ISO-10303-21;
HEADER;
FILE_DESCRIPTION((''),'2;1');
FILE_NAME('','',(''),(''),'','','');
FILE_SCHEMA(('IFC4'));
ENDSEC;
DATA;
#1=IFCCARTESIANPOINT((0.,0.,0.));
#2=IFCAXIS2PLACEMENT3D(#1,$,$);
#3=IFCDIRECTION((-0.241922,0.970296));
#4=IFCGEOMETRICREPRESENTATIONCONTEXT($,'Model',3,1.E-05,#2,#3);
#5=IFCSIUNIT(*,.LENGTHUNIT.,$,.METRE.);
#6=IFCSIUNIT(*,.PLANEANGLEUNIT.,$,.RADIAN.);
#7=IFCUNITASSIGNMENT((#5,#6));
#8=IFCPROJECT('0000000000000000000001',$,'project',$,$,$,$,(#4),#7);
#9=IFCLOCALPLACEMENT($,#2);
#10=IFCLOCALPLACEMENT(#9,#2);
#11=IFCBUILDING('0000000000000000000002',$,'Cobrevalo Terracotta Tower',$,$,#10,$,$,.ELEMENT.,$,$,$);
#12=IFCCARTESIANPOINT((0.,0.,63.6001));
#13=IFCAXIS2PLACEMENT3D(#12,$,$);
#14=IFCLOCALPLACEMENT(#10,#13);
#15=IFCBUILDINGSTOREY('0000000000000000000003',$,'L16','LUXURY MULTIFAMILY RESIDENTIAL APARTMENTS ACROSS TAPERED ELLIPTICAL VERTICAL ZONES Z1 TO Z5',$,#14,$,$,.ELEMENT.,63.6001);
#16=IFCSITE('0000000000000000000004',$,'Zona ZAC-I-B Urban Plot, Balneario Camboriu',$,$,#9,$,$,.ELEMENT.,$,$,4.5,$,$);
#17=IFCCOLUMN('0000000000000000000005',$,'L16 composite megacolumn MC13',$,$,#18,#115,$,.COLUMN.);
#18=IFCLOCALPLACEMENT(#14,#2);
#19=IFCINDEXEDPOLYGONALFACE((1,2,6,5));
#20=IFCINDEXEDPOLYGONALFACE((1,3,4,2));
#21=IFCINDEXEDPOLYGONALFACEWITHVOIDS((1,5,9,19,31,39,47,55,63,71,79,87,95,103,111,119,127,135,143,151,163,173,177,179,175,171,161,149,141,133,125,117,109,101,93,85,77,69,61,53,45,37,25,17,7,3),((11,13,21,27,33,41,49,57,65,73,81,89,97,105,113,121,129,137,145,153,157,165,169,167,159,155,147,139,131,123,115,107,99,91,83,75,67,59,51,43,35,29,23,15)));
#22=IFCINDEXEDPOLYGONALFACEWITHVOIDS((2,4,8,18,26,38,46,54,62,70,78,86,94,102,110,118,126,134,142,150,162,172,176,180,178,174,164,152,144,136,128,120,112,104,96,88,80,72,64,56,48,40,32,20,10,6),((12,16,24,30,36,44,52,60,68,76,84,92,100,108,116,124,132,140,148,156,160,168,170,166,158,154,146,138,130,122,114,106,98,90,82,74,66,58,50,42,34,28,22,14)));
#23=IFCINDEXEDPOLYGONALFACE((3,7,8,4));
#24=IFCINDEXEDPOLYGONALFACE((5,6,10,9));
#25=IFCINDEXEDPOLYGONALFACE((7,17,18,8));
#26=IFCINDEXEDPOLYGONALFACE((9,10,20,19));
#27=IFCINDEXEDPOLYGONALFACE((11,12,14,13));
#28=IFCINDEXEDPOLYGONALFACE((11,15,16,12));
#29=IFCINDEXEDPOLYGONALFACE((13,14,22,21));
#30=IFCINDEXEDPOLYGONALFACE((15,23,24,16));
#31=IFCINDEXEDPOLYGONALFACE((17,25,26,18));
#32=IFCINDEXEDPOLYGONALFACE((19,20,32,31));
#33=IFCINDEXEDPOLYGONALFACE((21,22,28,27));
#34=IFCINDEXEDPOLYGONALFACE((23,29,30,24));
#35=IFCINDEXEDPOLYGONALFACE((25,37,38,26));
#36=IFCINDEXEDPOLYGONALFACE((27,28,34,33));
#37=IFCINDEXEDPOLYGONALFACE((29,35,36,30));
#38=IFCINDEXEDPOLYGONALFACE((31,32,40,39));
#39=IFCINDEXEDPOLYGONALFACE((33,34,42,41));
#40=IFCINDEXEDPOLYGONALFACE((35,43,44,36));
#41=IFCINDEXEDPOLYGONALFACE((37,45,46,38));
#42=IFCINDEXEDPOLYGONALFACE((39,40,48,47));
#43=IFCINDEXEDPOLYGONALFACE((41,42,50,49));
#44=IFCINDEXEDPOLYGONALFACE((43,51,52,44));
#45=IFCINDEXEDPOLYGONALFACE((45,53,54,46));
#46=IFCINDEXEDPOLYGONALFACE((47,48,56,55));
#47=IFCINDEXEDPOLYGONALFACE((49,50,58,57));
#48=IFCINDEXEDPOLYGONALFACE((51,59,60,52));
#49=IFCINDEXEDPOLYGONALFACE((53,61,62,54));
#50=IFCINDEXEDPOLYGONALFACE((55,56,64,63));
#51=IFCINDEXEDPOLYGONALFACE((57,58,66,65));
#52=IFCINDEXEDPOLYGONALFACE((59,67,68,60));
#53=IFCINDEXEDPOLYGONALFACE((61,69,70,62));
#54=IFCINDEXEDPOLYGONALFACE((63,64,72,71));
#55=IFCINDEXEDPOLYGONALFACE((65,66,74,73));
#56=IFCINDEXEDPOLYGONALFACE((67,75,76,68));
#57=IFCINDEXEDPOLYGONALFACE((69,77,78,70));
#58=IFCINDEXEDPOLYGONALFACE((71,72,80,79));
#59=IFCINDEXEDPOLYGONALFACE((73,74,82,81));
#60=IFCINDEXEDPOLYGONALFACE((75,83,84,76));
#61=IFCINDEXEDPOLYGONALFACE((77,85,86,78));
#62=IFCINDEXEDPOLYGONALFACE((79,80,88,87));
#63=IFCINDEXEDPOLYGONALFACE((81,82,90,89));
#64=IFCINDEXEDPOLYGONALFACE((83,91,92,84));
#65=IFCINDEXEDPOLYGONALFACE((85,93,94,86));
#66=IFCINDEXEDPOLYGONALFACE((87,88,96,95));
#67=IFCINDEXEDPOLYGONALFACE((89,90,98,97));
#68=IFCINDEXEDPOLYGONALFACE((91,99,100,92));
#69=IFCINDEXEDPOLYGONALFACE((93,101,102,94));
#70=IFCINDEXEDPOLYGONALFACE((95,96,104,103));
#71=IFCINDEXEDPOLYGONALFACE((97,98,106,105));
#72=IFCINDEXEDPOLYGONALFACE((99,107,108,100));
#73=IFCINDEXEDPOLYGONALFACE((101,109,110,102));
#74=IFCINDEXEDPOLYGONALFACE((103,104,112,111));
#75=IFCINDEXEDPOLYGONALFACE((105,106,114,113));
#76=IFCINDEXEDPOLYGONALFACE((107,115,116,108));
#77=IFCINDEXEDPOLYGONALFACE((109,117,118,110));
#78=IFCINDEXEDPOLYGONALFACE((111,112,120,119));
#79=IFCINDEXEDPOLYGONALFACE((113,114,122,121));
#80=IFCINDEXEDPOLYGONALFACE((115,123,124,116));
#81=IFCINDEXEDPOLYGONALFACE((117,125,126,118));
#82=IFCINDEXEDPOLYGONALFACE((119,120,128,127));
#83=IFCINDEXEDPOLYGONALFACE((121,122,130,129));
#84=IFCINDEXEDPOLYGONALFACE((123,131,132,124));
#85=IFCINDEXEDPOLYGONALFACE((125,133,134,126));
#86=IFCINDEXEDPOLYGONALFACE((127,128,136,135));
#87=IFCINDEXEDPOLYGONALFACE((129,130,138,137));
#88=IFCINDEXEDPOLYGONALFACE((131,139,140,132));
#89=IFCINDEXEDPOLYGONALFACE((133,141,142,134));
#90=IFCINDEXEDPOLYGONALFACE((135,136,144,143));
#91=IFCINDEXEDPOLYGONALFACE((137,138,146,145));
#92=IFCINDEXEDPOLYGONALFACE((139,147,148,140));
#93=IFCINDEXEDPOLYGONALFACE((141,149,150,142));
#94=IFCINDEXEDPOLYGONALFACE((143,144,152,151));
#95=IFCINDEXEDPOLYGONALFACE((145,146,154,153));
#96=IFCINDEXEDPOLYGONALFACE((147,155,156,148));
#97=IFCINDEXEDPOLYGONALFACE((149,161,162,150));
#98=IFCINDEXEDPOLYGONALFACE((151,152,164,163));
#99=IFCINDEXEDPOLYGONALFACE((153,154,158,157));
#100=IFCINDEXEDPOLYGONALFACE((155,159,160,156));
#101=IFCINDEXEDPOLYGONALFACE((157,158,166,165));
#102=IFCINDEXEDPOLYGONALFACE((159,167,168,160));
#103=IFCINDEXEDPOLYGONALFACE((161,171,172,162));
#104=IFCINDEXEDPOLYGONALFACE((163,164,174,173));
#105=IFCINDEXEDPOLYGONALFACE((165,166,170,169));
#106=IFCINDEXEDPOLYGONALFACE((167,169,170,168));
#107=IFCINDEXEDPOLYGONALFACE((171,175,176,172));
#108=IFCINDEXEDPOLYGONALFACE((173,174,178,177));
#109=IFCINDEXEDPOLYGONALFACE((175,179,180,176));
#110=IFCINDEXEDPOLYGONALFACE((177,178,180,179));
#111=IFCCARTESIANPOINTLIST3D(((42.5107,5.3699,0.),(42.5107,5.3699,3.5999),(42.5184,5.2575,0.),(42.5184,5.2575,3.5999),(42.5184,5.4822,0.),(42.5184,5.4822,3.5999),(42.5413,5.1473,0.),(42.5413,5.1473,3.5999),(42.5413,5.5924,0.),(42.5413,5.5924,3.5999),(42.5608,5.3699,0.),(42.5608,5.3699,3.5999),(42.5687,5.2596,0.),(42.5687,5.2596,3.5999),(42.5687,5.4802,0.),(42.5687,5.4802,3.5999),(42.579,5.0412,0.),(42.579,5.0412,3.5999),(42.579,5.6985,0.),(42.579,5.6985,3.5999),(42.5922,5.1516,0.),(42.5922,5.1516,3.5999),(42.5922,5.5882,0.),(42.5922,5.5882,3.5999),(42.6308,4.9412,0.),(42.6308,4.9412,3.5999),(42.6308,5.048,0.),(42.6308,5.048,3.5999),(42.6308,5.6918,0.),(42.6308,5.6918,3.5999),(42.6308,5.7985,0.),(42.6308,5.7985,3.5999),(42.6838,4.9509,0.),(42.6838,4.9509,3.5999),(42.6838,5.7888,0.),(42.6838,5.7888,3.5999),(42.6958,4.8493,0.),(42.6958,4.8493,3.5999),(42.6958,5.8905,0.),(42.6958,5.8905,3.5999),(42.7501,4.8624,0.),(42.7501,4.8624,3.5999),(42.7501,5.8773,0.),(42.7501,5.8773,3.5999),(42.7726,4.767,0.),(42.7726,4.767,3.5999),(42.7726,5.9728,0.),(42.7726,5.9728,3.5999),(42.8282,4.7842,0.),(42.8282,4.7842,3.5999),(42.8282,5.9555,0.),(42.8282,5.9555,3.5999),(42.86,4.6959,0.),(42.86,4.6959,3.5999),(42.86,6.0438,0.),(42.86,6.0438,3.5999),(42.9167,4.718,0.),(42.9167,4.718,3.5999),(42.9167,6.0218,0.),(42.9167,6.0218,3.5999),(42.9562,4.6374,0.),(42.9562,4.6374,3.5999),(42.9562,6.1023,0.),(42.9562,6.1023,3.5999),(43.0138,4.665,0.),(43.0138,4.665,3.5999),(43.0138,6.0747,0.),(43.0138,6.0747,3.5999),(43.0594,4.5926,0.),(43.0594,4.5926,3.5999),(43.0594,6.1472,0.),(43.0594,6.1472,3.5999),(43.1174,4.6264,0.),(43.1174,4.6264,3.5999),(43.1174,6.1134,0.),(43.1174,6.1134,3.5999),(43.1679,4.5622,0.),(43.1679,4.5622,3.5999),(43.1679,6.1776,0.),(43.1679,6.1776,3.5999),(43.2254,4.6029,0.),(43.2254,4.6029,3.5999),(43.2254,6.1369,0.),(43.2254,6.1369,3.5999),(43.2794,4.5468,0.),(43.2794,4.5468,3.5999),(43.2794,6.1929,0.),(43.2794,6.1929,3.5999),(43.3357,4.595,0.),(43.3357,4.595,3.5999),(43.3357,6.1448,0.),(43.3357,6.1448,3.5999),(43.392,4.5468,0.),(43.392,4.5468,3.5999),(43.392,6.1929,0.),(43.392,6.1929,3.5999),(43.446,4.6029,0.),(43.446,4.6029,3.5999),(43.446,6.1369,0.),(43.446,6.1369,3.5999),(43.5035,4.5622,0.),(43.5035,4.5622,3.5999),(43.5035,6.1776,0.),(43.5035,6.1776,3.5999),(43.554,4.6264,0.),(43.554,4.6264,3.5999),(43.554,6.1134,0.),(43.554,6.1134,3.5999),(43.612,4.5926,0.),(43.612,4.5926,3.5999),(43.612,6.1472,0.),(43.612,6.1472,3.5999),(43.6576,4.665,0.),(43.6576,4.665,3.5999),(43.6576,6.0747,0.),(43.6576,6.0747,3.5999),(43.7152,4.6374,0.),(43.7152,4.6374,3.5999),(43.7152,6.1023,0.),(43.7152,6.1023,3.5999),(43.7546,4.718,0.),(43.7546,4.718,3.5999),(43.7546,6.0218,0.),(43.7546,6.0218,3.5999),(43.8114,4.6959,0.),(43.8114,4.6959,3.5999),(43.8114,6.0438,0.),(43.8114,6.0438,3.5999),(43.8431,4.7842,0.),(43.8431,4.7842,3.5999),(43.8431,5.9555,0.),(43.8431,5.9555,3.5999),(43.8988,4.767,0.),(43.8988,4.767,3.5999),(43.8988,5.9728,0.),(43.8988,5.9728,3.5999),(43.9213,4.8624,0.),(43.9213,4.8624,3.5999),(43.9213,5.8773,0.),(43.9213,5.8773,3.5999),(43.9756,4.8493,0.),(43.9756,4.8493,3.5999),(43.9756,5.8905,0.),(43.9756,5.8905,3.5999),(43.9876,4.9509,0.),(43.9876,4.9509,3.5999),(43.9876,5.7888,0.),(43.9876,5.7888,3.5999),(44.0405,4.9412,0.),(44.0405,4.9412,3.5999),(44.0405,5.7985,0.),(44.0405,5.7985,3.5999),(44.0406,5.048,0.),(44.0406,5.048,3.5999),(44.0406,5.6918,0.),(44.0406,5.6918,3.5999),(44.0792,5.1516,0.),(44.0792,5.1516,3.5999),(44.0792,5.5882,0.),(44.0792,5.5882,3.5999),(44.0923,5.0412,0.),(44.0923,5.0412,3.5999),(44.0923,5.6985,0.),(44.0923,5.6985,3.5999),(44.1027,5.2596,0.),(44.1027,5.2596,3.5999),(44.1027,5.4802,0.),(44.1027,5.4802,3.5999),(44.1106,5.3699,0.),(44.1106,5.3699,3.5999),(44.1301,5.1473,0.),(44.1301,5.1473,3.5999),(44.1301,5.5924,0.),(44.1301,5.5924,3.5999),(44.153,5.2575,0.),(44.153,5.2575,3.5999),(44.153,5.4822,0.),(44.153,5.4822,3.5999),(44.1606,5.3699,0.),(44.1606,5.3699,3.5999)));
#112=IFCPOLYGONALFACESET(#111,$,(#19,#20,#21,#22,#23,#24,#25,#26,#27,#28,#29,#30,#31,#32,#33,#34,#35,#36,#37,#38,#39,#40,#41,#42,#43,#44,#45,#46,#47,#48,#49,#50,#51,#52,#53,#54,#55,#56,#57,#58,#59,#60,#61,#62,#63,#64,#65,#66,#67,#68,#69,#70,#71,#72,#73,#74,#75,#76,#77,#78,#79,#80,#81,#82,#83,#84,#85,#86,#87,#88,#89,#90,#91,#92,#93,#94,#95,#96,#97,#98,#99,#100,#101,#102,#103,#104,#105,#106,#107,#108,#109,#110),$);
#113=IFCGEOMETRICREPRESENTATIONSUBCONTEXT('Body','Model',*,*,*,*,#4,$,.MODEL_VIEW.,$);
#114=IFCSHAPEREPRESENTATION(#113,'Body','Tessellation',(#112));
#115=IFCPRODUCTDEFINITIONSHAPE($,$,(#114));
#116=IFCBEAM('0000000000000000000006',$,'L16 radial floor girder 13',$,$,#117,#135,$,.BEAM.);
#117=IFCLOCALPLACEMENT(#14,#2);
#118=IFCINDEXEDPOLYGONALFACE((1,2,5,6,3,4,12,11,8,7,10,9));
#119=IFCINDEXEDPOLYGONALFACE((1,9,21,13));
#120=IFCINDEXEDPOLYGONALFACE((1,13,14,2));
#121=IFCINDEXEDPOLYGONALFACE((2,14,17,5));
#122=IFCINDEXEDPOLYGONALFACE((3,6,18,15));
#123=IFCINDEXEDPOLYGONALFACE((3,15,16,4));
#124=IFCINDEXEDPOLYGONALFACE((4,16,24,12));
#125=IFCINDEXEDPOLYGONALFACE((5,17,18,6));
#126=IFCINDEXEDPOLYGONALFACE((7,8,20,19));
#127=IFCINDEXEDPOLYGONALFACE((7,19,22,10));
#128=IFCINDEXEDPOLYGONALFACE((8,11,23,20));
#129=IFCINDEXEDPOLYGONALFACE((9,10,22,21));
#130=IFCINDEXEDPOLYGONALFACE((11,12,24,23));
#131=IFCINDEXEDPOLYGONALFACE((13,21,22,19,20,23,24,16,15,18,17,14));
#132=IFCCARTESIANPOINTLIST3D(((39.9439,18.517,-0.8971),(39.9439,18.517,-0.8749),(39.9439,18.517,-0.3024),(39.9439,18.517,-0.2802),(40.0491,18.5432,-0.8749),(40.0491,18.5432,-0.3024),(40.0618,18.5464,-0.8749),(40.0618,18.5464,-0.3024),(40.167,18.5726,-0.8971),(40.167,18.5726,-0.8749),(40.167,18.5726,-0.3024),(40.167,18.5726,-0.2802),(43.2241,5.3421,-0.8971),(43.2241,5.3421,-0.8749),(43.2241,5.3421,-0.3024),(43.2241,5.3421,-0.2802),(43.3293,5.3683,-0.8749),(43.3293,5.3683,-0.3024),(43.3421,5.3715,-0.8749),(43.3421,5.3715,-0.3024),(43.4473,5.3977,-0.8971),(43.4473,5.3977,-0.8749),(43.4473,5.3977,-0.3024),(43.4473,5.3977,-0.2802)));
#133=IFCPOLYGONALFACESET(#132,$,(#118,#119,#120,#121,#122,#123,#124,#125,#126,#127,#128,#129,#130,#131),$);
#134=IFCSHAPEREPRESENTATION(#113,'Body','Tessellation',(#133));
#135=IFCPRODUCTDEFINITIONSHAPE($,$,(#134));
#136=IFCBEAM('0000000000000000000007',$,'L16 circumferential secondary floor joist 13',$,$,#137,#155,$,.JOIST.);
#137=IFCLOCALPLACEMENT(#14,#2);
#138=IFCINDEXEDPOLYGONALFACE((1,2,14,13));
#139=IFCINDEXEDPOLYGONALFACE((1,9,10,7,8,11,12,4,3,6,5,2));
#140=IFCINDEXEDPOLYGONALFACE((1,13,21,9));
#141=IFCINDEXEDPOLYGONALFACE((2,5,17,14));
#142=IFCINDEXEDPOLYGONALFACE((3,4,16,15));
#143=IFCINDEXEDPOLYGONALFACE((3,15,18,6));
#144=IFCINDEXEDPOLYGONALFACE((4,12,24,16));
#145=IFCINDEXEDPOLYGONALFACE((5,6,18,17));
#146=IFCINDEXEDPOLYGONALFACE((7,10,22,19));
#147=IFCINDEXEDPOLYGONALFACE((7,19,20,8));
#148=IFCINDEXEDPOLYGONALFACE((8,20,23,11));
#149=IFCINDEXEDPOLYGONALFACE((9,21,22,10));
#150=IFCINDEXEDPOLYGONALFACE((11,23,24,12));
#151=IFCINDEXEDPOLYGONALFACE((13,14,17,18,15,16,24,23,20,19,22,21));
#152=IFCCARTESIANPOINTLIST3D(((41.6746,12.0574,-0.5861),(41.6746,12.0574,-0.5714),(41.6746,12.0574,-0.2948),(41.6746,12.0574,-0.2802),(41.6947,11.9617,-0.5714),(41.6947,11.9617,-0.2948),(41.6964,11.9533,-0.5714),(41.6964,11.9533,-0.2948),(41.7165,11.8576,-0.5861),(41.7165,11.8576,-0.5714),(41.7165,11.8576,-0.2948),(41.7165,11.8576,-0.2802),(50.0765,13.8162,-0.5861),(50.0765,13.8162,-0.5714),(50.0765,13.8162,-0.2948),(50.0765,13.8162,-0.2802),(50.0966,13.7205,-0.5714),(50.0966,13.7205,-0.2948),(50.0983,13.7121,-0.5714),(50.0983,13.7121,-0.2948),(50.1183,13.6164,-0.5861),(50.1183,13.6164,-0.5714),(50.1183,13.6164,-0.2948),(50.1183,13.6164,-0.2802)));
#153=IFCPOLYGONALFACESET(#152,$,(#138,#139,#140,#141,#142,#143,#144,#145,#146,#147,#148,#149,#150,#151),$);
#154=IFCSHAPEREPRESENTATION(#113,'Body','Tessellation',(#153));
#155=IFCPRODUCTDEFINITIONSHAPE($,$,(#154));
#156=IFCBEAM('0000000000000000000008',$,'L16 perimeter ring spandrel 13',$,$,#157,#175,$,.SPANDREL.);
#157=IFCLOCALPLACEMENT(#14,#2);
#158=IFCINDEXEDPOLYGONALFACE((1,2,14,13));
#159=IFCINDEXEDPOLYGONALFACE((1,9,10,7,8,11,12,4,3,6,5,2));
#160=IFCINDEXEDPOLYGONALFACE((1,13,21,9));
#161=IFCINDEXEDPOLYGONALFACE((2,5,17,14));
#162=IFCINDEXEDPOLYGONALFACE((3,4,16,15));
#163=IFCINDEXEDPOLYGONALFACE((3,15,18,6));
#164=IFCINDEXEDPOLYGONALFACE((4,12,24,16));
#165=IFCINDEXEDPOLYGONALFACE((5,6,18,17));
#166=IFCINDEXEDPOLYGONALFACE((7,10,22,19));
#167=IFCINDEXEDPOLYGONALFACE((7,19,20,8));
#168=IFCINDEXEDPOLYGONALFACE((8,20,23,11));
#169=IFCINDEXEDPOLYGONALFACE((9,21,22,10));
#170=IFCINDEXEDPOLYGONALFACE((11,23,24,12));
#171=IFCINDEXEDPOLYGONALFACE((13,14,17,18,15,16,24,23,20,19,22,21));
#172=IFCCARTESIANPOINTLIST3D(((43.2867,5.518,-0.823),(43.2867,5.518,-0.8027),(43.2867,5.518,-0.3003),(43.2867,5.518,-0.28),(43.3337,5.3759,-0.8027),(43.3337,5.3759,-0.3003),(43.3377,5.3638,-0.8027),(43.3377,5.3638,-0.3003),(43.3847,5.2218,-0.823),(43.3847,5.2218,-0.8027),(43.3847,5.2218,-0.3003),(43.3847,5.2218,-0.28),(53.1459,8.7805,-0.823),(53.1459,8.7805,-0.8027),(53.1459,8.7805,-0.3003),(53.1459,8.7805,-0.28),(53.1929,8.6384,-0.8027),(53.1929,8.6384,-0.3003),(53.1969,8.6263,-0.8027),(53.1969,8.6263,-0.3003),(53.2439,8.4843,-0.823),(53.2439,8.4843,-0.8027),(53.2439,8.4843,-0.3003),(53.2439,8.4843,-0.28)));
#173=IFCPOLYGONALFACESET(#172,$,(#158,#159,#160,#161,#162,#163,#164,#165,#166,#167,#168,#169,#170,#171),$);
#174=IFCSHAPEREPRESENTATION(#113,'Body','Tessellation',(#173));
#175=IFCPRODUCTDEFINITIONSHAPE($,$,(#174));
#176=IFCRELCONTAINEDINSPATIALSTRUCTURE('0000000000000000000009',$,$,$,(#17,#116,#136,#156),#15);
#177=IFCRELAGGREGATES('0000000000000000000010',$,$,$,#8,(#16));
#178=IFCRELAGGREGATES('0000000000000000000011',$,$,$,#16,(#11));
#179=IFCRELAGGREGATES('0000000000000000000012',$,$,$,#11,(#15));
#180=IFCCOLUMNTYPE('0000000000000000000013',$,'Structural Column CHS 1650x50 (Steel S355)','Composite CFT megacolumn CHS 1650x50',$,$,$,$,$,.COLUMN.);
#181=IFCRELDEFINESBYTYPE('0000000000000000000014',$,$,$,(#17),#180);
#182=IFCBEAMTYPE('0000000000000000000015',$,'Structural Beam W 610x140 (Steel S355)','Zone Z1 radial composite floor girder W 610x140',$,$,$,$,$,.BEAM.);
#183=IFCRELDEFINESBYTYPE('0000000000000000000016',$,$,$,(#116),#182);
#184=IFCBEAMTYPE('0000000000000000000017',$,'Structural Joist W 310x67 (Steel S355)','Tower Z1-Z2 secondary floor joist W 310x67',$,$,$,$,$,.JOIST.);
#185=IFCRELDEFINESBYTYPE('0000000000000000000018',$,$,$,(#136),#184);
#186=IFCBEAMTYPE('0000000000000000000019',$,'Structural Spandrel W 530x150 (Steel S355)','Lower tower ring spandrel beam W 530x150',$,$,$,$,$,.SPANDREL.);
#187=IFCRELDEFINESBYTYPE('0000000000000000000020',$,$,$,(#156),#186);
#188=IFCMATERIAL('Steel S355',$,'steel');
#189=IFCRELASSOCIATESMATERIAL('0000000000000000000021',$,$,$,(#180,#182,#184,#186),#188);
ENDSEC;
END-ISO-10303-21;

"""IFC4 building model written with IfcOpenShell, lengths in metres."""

from ifc_helpers import new_model, si_unit, direction, frame, origin, origin_2d, place, context, subcontext, project, spatial, hollow_circle, i_section, extrude, material, material_profile, profile_set, type_object, element, save


model = new_model("IFC4")

# Units and contexts
model_context = context("Model", 3, precision=1e-05, world=origin(), true_north=direction((-0.241922, 0.970296)))
body_context = subcontext(model_context, "Body", "Model", "MODEL_VIEW")
ifc_project = project(units=[si_unit("LENGTHUNIT", "METRE"), si_unit("PLANEANGLEUNIT", "RADIAN")], contexts=[model_context])

# Site, building, storey
site_placement = place(None, origin())
site = spatial("IfcSite", under=ifc_project, at=site_placement, Name="Zona ZAC-I-B Urban Plot, Balneario Camboriu", CompositionType="ELEMENT", RefElevation=4.5)
building_placement = place(site_placement, origin())
building = spatial("IfcBuilding", under=site, at=building_placement, Name="Cobrevalo Terracotta Tower", CompositionType="ELEMENT")
storey_placement = place(building_placement, frame((0.0, 0.0, 63.6001)))
storey = spatial("IfcBuildingStorey", under=building, at=storey_placement, Name="L16", Description="LUXURY MULTIFAMILY RESIDENTIAL APARTMENTS ACROSS TAPERED ELLIPTICAL VERTICAL ZONES Z1 TO Z5", CompositionType="ELEMENT", Elevation=63.6001)

# Column
ifc_material_1 = material(Name="Steel S355", Category="steel")
ifc_material_profile_1 = material_profile(ifc_material_1, hollow_circle(Radius=0.825, WallThickness=0.05, at=origin_2d()), Name="CHS 1650x50")
ifc_profile_set_1 = profile_set([ifc_material_profile_1], Name="Steel S355")
column_type = type_object("IfcColumnType", Name="Structural Column CHS 1650x50 (Steel S355)", Description="Composite CFT megacolumn CHS 1650x50", PredefinedType="COLUMN", material=ifc_profile_set_1)
column_placement = place(storey_placement, frame((43.3357, 5.3699, 0.0), z_axis=(0.0, 0.0, 1.0), x_axis=(1.0, 0.0, 0.0)))
element("IfcColumn", 1, at=column_placement, inside=storey, type_object=column_type, Name="L16 composite megacolumn MC13", PredefinedType="COLUMN", context=body_context, shape_type="SweptSolid", body=[
    extrude(hollow_circle(Radius=0.825, WallThickness=0.05, at=origin_2d()), origin(), (0.0, 0.0, 1.0), 3.5999),
])

# Beams
ifc_material_profile_2 = material_profile(ifc_material_1, i_section(OverallWidth=0.23, OverallDepth=0.6169, WebThickness=0.0132, FlangeThickness=0.0222, at=origin_2d()), Name="W 610x140")
ifc_profile_set_2 = profile_set([ifc_material_profile_2], Name="Steel S355")
beam_type_1 = type_object("IfcBeamType", Name="Structural Beam W 610x140 (Steel S355)", Description="Zone Z1 radial composite floor girder W 610x140", PredefinedType="BEAM", material=ifc_profile_set_2)
beam_1_placement = place(storey_placement, frame((43.3357, 5.3699, -0.5886), z_axis=(-0.2416, 0.970376, 0.0), x_axis=(-0.970376, -0.2416, 0.0)))
element("IfcBeam", 2, at=beam_1_placement, inside=storey, type_object=beam_type_1, Name="L16 radial floor girder 13", PredefinedType="BEAM", context=body_context, shape_type="SweptSolid", body=[
    extrude(i_section(OverallWidth=0.23, OverallDepth=0.6169, WebThickness=0.0132, FlangeThickness=0.0222, at=origin_2d()), origin(), (0.0, 0.0, 1.0), 13.5771),
])
ifc_material_profile_3 = material_profile(ifc_material_1, i_section(OverallWidth=0.2041, OverallDepth=0.3059, WebThickness=0.0085, FlangeThickness=0.0146, at=origin_2d()), Name="W 310x67")
ifc_profile_set_3 = profile_set([ifc_material_profile_3], Name="Steel S355")
beam_type_2 = type_object("IfcBeamType", Name="Structural Joist W 310x67 (Steel S355)", Description="Tower Z1-Z2 secondary floor joist W 310x67", PredefinedType="JOIST", material=ifc_profile_set_3)
beam_2_placement = place(storey_placement, frame((41.6956, 11.9575, -0.4331), z_axis=(0.978785, 0.204892, 0.0), x_axis=(-0.204892, 0.978785, 0.0)))
element("IfcBeam", 3, at=beam_2_placement, inside=storey, type_object=beam_type_2, Name="L16 circumferential secondary floor joist 13", PredefinedType="JOIST", context=body_context, shape_type="SweptSolid", body=[
    extrude(i_section(OverallWidth=0.2041, OverallDepth=0.3059, WebThickness=0.0085, FlangeThickness=0.0146, at=origin_2d()), origin(), (0.0, 0.0, 1.0), 8.584),
])
ifc_material_profile_4 = material_profile(ifc_material_1, i_section(OverallWidth=0.312, OverallDepth=0.543, WebThickness=0.0127, FlangeThickness=0.0203, at=origin_2d()), Name="W 530x150")
ifc_profile_set_4 = profile_set([ifc_material_profile_4], Name="Steel S355")
beam_type_3 = type_object("IfcBeamType", Name="Structural Spandrel W 530x150 (Steel S355)", Description="Lower tower ring spandrel beam W 530x150", PredefinedType="SPANDREL", material=ifc_profile_set_4)
beam_3_placement = place(storey_placement, frame((43.3357, 5.3699, -0.5515), z_axis=(0.949372, 0.314153, 0.0), x_axis=(-0.314153, 0.949372, 0.0)))
element("IfcBeam", 4, at=beam_3_placement, inside=storey, type_object=beam_type_3, Name="L16 perimeter ring spandrel 13", PredefinedType="SPANDREL", context=body_context, shape_type="SweptSolid", body=[
    extrude(i_section(OverallWidth=0.312, OverallDepth=0.543, WebThickness=0.0127, FlangeThickness=0.0203, at=origin_2d()), origin(), (0.0, 0.0, 1.0), 10.385),
])

save(model, "model.ifc")
